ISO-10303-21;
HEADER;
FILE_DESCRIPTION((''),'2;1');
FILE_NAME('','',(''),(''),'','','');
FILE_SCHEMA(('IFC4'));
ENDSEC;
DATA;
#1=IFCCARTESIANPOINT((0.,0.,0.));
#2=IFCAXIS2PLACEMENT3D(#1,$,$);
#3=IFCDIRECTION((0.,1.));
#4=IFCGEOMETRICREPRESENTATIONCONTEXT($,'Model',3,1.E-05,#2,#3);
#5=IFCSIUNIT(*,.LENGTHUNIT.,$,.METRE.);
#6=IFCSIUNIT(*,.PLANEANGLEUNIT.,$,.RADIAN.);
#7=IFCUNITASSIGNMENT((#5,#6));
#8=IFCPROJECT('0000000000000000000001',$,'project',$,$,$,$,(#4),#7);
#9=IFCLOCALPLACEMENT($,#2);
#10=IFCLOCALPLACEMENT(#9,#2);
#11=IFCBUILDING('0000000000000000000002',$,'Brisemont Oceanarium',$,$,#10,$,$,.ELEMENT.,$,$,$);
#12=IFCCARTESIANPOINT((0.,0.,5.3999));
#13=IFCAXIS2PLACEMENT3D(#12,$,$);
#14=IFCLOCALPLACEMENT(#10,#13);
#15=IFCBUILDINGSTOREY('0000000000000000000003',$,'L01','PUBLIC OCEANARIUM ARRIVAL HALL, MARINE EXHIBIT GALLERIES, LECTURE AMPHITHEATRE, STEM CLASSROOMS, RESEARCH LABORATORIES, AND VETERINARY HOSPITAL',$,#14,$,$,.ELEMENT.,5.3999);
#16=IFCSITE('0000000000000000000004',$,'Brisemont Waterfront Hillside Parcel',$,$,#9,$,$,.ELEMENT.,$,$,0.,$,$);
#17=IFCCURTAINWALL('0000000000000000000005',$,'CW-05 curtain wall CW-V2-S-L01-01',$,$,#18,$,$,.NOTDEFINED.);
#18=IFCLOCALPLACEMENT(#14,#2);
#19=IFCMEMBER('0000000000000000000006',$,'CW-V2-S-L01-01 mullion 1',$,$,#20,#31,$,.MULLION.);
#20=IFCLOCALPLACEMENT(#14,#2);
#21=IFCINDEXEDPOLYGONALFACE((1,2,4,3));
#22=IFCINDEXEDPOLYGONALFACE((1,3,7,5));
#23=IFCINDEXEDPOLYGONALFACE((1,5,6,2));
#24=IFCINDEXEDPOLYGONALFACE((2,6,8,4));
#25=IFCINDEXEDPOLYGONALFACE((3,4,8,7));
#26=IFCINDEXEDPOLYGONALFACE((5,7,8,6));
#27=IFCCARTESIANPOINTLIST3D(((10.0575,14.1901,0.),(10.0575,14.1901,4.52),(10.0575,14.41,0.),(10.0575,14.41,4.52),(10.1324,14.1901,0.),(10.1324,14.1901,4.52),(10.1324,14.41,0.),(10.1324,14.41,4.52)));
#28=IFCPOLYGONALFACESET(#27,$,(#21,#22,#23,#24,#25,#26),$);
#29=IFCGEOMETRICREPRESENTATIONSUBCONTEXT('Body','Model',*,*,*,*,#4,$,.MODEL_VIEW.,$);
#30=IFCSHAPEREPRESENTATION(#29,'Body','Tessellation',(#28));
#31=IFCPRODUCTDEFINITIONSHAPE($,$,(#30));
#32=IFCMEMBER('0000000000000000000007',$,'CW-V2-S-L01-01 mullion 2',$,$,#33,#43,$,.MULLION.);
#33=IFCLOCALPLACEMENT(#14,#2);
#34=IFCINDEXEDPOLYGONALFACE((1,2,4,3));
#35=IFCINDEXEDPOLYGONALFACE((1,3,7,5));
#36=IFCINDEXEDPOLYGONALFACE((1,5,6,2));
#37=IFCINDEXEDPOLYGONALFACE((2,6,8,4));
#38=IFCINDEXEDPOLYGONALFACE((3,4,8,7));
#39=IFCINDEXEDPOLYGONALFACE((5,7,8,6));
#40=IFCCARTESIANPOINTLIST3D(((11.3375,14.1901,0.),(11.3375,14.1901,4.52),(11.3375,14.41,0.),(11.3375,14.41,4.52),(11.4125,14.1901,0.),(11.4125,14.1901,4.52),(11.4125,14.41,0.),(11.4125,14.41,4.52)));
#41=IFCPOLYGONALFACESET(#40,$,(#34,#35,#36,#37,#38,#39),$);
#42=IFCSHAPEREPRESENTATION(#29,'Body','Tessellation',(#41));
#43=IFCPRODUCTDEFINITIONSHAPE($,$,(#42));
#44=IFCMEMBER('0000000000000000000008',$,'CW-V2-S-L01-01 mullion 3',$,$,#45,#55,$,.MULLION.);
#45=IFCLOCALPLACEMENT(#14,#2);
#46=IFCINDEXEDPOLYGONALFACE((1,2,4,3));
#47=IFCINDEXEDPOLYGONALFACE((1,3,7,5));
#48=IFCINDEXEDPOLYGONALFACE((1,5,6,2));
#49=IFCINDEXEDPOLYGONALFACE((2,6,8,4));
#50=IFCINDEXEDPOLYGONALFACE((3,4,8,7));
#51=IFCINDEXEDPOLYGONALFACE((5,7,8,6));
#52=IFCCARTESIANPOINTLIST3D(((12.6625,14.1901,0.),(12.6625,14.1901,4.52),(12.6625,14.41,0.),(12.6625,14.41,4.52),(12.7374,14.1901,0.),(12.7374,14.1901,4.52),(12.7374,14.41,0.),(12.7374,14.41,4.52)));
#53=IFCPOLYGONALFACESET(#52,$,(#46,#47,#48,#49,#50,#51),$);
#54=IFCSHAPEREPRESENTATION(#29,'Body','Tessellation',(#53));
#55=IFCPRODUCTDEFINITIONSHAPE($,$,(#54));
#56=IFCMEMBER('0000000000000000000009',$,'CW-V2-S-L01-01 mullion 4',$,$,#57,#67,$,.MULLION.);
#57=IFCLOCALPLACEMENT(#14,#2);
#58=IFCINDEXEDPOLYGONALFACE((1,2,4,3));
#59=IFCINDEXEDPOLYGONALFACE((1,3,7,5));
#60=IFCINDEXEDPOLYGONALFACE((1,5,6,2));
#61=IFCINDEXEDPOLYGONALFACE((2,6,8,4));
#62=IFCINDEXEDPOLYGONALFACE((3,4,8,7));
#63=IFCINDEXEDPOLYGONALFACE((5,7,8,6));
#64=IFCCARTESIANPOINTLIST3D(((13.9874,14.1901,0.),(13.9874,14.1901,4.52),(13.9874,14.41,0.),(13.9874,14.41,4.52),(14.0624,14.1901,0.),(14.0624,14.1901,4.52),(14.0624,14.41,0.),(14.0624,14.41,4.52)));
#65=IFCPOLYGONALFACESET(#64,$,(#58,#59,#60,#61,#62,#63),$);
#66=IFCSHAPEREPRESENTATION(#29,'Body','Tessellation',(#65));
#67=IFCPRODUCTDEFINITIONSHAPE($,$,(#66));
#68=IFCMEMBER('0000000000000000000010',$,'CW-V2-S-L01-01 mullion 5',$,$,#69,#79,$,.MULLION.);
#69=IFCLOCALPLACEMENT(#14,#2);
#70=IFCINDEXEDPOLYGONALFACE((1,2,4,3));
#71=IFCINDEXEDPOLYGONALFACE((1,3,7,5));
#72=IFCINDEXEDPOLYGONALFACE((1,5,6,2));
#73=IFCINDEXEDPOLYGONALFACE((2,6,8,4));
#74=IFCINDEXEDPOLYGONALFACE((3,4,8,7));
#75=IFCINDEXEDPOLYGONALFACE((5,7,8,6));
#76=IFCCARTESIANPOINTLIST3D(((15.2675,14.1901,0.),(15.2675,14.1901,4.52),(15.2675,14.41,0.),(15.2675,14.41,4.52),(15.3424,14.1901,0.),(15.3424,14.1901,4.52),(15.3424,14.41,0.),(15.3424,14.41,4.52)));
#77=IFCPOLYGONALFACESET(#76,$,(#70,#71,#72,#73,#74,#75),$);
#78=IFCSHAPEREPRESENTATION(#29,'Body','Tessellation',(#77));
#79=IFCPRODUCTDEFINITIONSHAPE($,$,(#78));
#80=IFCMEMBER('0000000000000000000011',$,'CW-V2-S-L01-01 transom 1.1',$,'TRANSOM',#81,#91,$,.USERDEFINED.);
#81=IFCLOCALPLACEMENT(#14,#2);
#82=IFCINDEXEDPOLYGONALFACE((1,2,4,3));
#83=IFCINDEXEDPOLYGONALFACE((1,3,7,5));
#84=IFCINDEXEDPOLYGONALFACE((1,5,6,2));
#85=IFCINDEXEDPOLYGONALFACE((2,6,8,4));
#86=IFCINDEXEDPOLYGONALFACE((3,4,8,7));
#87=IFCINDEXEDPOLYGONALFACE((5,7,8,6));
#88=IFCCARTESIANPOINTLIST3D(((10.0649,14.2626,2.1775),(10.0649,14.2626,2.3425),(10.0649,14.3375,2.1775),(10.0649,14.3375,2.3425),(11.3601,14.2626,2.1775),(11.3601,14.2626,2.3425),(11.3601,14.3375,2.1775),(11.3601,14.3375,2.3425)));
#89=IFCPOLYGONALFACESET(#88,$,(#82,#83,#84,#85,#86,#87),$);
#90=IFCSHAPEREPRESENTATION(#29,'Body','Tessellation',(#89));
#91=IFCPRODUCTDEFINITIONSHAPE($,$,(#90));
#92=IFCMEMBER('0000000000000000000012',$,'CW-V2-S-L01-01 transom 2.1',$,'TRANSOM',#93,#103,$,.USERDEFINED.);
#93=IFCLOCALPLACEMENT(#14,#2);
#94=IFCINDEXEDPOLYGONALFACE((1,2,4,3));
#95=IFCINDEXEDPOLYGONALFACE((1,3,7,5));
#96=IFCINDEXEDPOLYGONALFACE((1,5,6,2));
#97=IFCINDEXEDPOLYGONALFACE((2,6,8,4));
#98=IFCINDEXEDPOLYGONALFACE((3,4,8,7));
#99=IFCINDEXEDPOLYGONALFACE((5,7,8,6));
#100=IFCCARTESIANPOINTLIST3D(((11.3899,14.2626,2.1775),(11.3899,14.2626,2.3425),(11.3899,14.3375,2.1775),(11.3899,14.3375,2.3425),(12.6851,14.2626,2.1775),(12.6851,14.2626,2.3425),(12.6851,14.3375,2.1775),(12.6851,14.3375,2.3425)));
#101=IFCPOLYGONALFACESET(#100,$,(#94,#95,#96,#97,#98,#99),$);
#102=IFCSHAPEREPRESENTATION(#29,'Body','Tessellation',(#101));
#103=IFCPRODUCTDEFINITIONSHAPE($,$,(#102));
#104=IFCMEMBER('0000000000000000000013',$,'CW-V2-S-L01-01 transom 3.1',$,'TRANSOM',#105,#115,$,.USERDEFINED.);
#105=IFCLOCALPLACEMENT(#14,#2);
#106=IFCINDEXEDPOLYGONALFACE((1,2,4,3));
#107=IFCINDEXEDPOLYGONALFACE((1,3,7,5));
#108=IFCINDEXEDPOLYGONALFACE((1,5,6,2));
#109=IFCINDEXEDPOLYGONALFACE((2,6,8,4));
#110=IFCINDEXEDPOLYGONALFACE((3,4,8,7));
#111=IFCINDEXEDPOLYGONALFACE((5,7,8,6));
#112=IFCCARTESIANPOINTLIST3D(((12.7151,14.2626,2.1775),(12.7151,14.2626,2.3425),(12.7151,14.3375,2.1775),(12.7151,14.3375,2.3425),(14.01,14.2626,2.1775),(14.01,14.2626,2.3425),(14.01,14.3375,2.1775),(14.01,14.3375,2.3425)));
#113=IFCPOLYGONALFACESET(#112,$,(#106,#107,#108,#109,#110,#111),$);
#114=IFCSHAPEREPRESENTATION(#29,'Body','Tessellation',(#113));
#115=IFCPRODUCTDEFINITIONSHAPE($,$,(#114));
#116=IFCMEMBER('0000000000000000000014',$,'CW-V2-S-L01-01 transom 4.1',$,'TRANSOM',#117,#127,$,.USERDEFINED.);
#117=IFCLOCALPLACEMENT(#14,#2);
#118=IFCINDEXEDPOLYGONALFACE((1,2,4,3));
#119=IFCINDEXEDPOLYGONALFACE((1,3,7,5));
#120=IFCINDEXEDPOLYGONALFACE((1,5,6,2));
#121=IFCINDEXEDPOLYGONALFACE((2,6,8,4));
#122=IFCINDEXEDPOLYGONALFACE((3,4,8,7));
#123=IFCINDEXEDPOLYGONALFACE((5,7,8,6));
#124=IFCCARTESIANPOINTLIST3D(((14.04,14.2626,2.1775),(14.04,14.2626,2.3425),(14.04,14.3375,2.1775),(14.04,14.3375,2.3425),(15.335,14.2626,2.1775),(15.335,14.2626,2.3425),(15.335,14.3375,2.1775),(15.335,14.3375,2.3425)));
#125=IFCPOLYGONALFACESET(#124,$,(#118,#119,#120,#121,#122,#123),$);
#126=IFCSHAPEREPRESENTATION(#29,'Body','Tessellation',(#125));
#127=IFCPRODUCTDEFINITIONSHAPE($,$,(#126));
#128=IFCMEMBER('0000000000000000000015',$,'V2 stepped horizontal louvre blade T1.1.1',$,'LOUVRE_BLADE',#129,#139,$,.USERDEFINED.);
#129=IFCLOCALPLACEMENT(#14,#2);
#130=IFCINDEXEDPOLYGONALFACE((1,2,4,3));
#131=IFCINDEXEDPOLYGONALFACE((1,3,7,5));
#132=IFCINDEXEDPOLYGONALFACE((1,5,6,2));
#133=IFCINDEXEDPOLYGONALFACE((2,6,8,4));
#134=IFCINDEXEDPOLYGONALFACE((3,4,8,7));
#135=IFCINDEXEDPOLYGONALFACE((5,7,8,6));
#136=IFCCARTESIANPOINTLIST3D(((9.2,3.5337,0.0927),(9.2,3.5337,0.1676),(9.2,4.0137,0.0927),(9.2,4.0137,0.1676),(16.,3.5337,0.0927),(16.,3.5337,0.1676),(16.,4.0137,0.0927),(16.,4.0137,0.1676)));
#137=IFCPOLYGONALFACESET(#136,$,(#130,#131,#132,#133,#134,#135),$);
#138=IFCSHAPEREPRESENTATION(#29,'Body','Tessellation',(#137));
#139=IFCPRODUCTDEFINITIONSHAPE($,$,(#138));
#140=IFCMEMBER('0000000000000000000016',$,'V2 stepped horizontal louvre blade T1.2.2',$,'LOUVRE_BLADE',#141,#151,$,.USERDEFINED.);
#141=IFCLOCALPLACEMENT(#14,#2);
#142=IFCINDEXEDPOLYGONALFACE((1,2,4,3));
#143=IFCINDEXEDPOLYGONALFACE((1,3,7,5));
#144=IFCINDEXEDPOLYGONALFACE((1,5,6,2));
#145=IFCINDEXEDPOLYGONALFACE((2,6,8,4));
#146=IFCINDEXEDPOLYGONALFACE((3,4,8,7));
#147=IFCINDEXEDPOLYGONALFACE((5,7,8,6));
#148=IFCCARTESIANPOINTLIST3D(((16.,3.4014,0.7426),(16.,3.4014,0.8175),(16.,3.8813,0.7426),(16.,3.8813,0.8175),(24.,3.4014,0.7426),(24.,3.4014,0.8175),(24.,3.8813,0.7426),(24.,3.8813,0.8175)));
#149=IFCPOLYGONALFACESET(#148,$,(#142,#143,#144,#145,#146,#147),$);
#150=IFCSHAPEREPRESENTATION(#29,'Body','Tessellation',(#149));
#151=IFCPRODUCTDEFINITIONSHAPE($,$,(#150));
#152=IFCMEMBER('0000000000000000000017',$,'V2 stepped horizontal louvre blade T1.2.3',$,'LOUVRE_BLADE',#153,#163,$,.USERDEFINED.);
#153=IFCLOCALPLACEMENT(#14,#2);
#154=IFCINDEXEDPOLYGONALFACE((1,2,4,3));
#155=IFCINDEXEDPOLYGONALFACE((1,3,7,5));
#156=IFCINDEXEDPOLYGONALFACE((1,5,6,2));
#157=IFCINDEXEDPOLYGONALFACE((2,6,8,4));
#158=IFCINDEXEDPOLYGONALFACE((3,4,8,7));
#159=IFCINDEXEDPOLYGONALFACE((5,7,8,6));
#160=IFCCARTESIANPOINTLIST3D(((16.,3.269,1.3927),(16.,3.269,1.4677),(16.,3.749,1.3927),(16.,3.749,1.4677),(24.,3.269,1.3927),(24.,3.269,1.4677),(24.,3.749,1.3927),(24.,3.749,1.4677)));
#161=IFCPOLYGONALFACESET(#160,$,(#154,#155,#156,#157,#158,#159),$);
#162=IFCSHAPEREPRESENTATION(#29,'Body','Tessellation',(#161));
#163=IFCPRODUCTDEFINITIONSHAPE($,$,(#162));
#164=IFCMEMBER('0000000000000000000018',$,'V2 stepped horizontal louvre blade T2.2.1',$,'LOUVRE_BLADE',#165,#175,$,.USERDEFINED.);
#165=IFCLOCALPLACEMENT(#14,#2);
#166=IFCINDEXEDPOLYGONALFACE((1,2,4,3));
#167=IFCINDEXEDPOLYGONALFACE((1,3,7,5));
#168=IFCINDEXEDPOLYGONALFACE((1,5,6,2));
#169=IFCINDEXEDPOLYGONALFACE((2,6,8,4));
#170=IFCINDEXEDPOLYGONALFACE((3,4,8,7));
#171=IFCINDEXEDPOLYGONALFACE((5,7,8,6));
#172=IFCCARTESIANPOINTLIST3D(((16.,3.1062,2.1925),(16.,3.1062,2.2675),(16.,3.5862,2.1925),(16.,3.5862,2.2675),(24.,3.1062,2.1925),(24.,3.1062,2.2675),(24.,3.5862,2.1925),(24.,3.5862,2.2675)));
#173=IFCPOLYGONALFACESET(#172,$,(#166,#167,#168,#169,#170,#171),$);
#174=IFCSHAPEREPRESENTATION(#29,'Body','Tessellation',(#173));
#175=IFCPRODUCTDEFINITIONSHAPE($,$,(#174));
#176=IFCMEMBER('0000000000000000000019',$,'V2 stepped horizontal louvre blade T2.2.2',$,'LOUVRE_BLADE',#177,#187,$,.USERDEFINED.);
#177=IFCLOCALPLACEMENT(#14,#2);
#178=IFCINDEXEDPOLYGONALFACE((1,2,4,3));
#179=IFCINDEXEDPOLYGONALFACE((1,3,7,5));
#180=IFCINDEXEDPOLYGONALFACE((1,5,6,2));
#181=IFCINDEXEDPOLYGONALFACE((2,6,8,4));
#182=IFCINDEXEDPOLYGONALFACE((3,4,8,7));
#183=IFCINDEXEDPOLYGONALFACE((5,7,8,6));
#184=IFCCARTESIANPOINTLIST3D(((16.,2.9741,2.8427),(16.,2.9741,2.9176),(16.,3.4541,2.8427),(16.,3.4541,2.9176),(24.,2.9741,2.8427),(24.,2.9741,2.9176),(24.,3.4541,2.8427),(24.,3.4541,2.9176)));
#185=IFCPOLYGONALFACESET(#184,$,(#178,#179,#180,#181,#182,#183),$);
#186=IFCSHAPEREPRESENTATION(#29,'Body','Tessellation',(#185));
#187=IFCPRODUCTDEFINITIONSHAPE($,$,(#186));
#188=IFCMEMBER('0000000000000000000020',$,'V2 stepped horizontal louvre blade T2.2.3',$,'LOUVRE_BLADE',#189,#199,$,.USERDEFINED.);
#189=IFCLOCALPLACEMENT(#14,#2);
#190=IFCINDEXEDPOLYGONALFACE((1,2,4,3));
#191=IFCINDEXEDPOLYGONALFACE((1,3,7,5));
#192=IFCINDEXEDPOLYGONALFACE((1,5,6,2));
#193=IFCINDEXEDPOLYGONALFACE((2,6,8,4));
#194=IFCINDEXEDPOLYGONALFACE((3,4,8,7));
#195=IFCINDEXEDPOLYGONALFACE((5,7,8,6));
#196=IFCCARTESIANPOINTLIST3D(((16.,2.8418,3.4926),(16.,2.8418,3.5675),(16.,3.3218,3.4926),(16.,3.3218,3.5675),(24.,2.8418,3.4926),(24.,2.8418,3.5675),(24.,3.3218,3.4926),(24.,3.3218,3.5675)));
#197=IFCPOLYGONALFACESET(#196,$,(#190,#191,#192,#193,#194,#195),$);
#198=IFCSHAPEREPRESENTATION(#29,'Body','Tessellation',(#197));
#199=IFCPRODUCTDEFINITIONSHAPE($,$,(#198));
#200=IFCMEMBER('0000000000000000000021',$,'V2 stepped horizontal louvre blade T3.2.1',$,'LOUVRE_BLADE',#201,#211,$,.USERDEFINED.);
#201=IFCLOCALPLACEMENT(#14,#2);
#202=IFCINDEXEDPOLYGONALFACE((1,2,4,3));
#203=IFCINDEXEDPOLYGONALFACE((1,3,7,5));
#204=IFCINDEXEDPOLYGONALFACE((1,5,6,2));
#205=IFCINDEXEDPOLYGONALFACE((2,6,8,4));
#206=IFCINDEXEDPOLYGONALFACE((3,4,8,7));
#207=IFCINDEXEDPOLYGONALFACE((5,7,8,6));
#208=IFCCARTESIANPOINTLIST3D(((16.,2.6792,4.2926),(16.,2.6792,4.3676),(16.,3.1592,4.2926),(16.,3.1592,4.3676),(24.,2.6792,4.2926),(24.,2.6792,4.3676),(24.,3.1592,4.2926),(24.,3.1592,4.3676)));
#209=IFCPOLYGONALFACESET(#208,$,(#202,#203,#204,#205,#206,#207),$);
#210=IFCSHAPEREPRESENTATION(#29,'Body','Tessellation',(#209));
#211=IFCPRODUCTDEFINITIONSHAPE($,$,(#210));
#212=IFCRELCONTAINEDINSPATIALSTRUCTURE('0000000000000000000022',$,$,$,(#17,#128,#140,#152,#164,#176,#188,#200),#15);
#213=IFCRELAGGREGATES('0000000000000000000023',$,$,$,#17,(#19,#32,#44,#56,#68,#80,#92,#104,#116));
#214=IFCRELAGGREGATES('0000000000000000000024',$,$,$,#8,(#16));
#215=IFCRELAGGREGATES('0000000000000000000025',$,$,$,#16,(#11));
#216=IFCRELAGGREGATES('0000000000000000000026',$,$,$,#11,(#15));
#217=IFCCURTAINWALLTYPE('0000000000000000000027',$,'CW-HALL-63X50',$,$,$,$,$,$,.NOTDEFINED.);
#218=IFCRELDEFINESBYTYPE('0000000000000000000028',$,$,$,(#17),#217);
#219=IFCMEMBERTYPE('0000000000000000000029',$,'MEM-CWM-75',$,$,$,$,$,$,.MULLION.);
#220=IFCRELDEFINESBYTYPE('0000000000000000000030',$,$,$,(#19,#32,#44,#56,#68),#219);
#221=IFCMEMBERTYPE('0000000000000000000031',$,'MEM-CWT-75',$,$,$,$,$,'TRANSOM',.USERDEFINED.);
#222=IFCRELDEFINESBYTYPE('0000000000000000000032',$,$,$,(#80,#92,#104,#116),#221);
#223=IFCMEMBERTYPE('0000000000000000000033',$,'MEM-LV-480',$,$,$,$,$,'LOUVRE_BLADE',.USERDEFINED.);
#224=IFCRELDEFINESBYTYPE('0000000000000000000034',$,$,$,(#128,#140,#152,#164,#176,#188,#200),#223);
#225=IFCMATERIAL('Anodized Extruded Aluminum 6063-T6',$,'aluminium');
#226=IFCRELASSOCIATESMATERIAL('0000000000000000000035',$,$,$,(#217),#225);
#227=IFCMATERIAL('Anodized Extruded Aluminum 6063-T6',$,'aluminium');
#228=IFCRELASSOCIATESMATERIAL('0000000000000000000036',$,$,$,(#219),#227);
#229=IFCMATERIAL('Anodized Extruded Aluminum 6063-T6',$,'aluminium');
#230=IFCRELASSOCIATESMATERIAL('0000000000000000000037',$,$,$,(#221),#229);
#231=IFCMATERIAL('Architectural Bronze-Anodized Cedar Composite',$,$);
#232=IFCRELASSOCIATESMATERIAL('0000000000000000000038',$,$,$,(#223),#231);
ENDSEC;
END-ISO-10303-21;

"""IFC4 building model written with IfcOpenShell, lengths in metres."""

from ifc_helpers import new_model, si_unit, direction, frame, origin, origin_2d, place, context, subcontext, project, spatial, rectangle, extrude, material, material_profile, profile_set, type_object, element, aggregate, save


model = new_model("IFC4")

# Units and contexts
model_context = context("Model", 3, precision=1e-05, world=origin(), true_north=direction((0.0, 1.0)))
body_context = subcontext(model_context, "Body", "Model", "MODEL_VIEW")
ifc_project = project(units=[si_unit("LENGTHUNIT", "METRE"), si_unit("PLANEANGLEUNIT", "RADIAN")], contexts=[model_context])

# Site, building, storey
site_placement = place(None, origin())
site = spatial("IfcSite", under=ifc_project, at=site_placement, Name="Brisemont Waterfront Hillside Parcel", CompositionType="ELEMENT", RefElevation=0.0)
building_placement = place(site_placement, origin())
building = spatial("IfcBuilding", under=site, at=building_placement, Name="Brisemont Oceanarium", CompositionType="ELEMENT")
storey_placement = place(building_placement, frame((0.0, 0.0, 5.3999)))
storey = spatial("IfcBuildingStorey", under=building, at=storey_placement, Name="L01", Description="PUBLIC OCEANARIUM ARRIVAL HALL, MARINE EXHIBIT GALLERIES, LECTURE AMPHITHEATRE, STEM CLASSROOMS, RESEARCH LABORATORIES, AND VETERINARY HOSPITAL", CompositionType="ELEMENT", Elevation=5.3999)

# Curtain wall, members
ifc_material_1 = material(Name="Anodized Extruded Aluminum 6063-T6", Category="aluminium")
curtain_wall_type = type_object("IfcCurtainWallType", Name="CW-HALL-63X50", PredefinedType="NOTDEFINED", material=ifc_material_1)
curtain_wall_placement = place(storey_placement, origin())
curtain_wall = element("IfcCurtainWall", 1, at=curtain_wall_placement, inside=storey, type_object=curtain_wall_type, Name="CW-05 curtain wall CW-V2-S-L01-01", PredefinedType="NOTDEFINED")
ifc_material_2 = material(Name="Anodized Extruded Aluminum 6063-T6", Category="aluminium")
ifc_material_profile_1 = material_profile(ifc_material_2, rectangle(XDim=0.075, YDim=0.22, at=origin_2d()), Name="CWM-75X220")
ifc_profile_set_1 = profile_set([ifc_material_profile_1], Name="Anodized Extruded Aluminum 6063-T6")
member_type_1 = type_object("IfcMemberType", Name="MEM-CWM-75", PredefinedType="MULLION", material=ifc_profile_set_1)
member_1_placement = place(storey_placement, frame((10.095, 14.3, 0.0), z_axis=(0.0, 0.0, 1.0), x_axis=(1.0, 0.0, 0.0)))
member_1 = element("IfcMember", 2, at=member_1_placement, type_object=member_type_1, Name="CW-V2-S-L01-01 mullion 1", PredefinedType="MULLION", context=body_context, shape_type="SweptSolid", body=[
    extrude(rectangle(XDim=0.075, YDim=0.22, at=origin_2d()), origin(), (0.0, 0.0, 1.0), 4.52),
])
member_2_placement = place(storey_placement, frame((11.375, 14.3, 0.0), z_axis=(0.0, 0.0, 1.0), x_axis=(1.0, 0.0, 0.0)))
member_2 = element("IfcMember", 3, at=member_2_placement, type_object=member_type_1, Name="CW-V2-S-L01-01 mullion 2", PredefinedType="MULLION", context=body_context, shape_type="SweptSolid", body=[
    extrude(rectangle(XDim=0.075, YDim=0.22, at=origin_2d()), origin(), (0.0, 0.0, 1.0), 4.52),
])
member_3_placement = place(storey_placement, frame((12.7, 14.3, 0.0), z_axis=(0.0, 0.0, 1.0), x_axis=(1.0, 0.0, 0.0)))
member_3 = element("IfcMember", 4, at=member_3_placement, type_object=member_type_1, Name="CW-V2-S-L01-01 mullion 3", PredefinedType="MULLION", context=body_context, shape_type="SweptSolid", body=[
    extrude(rectangle(XDim=0.075, YDim=0.22, at=origin_2d()), origin(), (0.0, 0.0, 1.0), 4.52),
])
member_4_placement = place(storey_placement, frame((14.0249, 14.3, 0.0), z_axis=(0.0, 0.0, 1.0), x_axis=(1.0, 0.0, 0.0)))
member_4 = element("IfcMember", 5, at=member_4_placement, type_object=member_type_1, Name="CW-V2-S-L01-01 mullion 4", PredefinedType="MULLION", context=body_context, shape_type="SweptSolid", body=[
    extrude(rectangle(XDim=0.075, YDim=0.22, at=origin_2d()), origin(), (0.0, 0.0, 1.0), 4.52),
])
member_5_placement = place(storey_placement, frame((15.3049, 14.3, 0.0), z_axis=(0.0, 0.0, 1.0), x_axis=(1.0, 0.0, 0.0)))
member_5 = element("IfcMember", 6, at=member_5_placement, type_object=member_type_1, Name="CW-V2-S-L01-01 mullion 5", PredefinedType="MULLION", context=body_context, shape_type="SweptSolid", body=[
    extrude(rectangle(XDim=0.075, YDim=0.22, at=origin_2d()), origin(), (0.0, 0.0, 1.0), 4.52),
])
ifc_material_3 = material(Name="Anodized Extruded Aluminum 6063-T6", Category="aluminium")
ifc_material_profile_2 = material_profile(ifc_material_3, rectangle(XDim=0.075, YDim=0.165, at=origin_2d()), Name="CWT-75X165")
ifc_profile_set_2 = profile_set([ifc_material_profile_2], Name="Anodized Extruded Aluminum 6063-T6")
member_type_2 = type_object("IfcMemberType", Name="MEM-CWT-75", ElementType="TRANSOM", PredefinedType="USERDEFINED", material=ifc_profile_set_2)
member_6_placement = place(storey_placement, frame((10.0649, 14.3, 2.26), z_axis=(1.0, 0.0, 0.0), x_axis=(0.0, 1.0, 0.0)))
member_6 = element("IfcMember", 7, at=member_6_placement, type_object=member_type_2, Name="CW-V2-S-L01-01 transom 1.1", ObjectType="TRANSOM", PredefinedType="USERDEFINED", context=body_context, shape_type="SweptSolid", body=[
    extrude(rectangle(XDim=0.075, YDim=0.165, at=origin_2d()), origin(), (0.0, 0.0, 1.0), 1.2952),
])
member_7_placement = place(storey_placement, frame((11.3899, 14.3, 2.26), z_axis=(1.0, 0.0, 0.0), x_axis=(0.0, 1.0, 0.0)))
member_7 = element("IfcMember", 8, at=member_7_placement, type_object=member_type_2, Name="CW-V2-S-L01-01 transom 2.1", ObjectType="TRANSOM", PredefinedType="USERDEFINED", context=body_context, shape_type="SweptSolid", body=[
    extrude(rectangle(XDim=0.075, YDim=0.165, at=origin_2d()), origin(), (0.0, 0.0, 1.0), 1.2952),
])
member_8_placement = place(storey_placement, frame((12.7151, 14.3, 2.26), z_axis=(1.0, 0.0, 0.0), x_axis=(0.0, 1.0, 0.0)))
member_8 = element("IfcMember", 9, at=member_8_placement, type_object=member_type_2, Name="CW-V2-S-L01-01 transom 3.1", ObjectType="TRANSOM", PredefinedType="USERDEFINED", context=body_context, shape_type="SweptSolid", body=[
    extrude(rectangle(XDim=0.075, YDim=0.165, at=origin_2d()), origin(), (0.0, 0.0, 1.0), 1.2949),
])
member_9_placement = place(storey_placement, frame((14.04, 14.3, 2.26), z_axis=(1.0, 0.0, 0.0), x_axis=(0.0, 1.0, 0.0)))
member_9 = element("IfcMember", 10, at=member_9_placement, type_object=member_type_2, Name="CW-V2-S-L01-01 transom 4.1", ObjectType="TRANSOM", PredefinedType="USERDEFINED", context=body_context, shape_type="SweptSolid", body=[
    extrude(rectangle(XDim=0.075, YDim=0.165, at=origin_2d()), origin(), (0.0, 0.0, 1.0), 1.2949),
])

# Members
ifc_material_4 = material(Name="Architectural Bronze-Anodized Cedar Composite")
ifc_material_profile_3 = material_profile(ifc_material_4, rectangle(XDim=0.48, YDim=0.075, at=origin_2d()), Name="LOUVRE-480X75")
ifc_profile_set_3 = profile_set([ifc_material_profile_3], Name="Architectural Bronze-Anodized Cedar Composite")
member_type_3 = type_object("IfcMemberType", Name="MEM-LV-480", ElementType="LOUVRE_BLADE", PredefinedType="USERDEFINED", material=ifc_profile_set_3)
member_10_placement = place(storey_placement, frame((9.2, 3.7737, 0.1301), z_axis=(1.0, 0.0, 0.0), x_axis=(0.0, 1.0, 0.0)))
element("IfcMember", 11, at=member_10_placement, inside=storey, type_object=member_type_3, Name="V2 stepped horizontal louvre blade T1.1.1", ObjectType="LOUVRE_BLADE", PredefinedType="USERDEFINED", context=body_context, shape_type="SweptSolid", body=[
    extrude(rectangle(XDim=0.48, YDim=0.075, at=origin_2d()), origin(), (0.0, 0.0, 1.0), 6.8),
])
for number, where, z_axis, x_axis, name in (
    (12, (16.0, 3.6414, 0.78), (1.0, 0.0, 0.0), (0.0, 1.0, 0.0), "V2 stepped horizontal louvre blade T1.2.2"),
    (13, (16.0, 3.509, 1.4302), (1.0, 0.0, 0.0), (0.0, 1.0, 0.0), "V2 stepped horizontal louvre blade T1.2.3"),
    (14, (16.0, 3.3462, 2.23), (1.0, 0.0, 0.0), (0.0, 1.0, 0.0), "V2 stepped horizontal louvre blade T2.2.1"),
    (15, (16.0, 3.2141, 2.8801), (1.0, 0.0, 0.0), (0.0, 1.0, 0.0), "V2 stepped horizontal louvre blade T2.2.2"),
    (16, (16.0, 3.0818, 3.53), (1.0, 0.0, 0.0), (0.0, 1.0, 0.0), "V2 stepped horizontal louvre blade T2.2.3"),
    (17, (16.0, 2.9192, 4.3301), (1.0, 0.0, 0.0), (0.0, 1.0, 0.0), "V2 stepped horizontal louvre blade T3.2.1"),
):
    element("IfcMember", number, at=place(storey_placement, frame(where, z_axis=z_axis, x_axis=x_axis)), inside=storey, type_object=member_type_3, Name=name, ObjectType="LOUVRE_BLADE", PredefinedType="USERDEFINED", context=body_context, shape_type="SweptSolid", body=[
        extrude(rectangle(XDim=0.48, YDim=0.075, at=origin_2d()), origin(), (0.0, 0.0, 1.0), 8.0),
    ])

aggregate(curtain_wall, [member_1, member_2, member_3, member_4, member_5, member_6, member_7, member_8, member_9])

save(model, "model.ifc")
